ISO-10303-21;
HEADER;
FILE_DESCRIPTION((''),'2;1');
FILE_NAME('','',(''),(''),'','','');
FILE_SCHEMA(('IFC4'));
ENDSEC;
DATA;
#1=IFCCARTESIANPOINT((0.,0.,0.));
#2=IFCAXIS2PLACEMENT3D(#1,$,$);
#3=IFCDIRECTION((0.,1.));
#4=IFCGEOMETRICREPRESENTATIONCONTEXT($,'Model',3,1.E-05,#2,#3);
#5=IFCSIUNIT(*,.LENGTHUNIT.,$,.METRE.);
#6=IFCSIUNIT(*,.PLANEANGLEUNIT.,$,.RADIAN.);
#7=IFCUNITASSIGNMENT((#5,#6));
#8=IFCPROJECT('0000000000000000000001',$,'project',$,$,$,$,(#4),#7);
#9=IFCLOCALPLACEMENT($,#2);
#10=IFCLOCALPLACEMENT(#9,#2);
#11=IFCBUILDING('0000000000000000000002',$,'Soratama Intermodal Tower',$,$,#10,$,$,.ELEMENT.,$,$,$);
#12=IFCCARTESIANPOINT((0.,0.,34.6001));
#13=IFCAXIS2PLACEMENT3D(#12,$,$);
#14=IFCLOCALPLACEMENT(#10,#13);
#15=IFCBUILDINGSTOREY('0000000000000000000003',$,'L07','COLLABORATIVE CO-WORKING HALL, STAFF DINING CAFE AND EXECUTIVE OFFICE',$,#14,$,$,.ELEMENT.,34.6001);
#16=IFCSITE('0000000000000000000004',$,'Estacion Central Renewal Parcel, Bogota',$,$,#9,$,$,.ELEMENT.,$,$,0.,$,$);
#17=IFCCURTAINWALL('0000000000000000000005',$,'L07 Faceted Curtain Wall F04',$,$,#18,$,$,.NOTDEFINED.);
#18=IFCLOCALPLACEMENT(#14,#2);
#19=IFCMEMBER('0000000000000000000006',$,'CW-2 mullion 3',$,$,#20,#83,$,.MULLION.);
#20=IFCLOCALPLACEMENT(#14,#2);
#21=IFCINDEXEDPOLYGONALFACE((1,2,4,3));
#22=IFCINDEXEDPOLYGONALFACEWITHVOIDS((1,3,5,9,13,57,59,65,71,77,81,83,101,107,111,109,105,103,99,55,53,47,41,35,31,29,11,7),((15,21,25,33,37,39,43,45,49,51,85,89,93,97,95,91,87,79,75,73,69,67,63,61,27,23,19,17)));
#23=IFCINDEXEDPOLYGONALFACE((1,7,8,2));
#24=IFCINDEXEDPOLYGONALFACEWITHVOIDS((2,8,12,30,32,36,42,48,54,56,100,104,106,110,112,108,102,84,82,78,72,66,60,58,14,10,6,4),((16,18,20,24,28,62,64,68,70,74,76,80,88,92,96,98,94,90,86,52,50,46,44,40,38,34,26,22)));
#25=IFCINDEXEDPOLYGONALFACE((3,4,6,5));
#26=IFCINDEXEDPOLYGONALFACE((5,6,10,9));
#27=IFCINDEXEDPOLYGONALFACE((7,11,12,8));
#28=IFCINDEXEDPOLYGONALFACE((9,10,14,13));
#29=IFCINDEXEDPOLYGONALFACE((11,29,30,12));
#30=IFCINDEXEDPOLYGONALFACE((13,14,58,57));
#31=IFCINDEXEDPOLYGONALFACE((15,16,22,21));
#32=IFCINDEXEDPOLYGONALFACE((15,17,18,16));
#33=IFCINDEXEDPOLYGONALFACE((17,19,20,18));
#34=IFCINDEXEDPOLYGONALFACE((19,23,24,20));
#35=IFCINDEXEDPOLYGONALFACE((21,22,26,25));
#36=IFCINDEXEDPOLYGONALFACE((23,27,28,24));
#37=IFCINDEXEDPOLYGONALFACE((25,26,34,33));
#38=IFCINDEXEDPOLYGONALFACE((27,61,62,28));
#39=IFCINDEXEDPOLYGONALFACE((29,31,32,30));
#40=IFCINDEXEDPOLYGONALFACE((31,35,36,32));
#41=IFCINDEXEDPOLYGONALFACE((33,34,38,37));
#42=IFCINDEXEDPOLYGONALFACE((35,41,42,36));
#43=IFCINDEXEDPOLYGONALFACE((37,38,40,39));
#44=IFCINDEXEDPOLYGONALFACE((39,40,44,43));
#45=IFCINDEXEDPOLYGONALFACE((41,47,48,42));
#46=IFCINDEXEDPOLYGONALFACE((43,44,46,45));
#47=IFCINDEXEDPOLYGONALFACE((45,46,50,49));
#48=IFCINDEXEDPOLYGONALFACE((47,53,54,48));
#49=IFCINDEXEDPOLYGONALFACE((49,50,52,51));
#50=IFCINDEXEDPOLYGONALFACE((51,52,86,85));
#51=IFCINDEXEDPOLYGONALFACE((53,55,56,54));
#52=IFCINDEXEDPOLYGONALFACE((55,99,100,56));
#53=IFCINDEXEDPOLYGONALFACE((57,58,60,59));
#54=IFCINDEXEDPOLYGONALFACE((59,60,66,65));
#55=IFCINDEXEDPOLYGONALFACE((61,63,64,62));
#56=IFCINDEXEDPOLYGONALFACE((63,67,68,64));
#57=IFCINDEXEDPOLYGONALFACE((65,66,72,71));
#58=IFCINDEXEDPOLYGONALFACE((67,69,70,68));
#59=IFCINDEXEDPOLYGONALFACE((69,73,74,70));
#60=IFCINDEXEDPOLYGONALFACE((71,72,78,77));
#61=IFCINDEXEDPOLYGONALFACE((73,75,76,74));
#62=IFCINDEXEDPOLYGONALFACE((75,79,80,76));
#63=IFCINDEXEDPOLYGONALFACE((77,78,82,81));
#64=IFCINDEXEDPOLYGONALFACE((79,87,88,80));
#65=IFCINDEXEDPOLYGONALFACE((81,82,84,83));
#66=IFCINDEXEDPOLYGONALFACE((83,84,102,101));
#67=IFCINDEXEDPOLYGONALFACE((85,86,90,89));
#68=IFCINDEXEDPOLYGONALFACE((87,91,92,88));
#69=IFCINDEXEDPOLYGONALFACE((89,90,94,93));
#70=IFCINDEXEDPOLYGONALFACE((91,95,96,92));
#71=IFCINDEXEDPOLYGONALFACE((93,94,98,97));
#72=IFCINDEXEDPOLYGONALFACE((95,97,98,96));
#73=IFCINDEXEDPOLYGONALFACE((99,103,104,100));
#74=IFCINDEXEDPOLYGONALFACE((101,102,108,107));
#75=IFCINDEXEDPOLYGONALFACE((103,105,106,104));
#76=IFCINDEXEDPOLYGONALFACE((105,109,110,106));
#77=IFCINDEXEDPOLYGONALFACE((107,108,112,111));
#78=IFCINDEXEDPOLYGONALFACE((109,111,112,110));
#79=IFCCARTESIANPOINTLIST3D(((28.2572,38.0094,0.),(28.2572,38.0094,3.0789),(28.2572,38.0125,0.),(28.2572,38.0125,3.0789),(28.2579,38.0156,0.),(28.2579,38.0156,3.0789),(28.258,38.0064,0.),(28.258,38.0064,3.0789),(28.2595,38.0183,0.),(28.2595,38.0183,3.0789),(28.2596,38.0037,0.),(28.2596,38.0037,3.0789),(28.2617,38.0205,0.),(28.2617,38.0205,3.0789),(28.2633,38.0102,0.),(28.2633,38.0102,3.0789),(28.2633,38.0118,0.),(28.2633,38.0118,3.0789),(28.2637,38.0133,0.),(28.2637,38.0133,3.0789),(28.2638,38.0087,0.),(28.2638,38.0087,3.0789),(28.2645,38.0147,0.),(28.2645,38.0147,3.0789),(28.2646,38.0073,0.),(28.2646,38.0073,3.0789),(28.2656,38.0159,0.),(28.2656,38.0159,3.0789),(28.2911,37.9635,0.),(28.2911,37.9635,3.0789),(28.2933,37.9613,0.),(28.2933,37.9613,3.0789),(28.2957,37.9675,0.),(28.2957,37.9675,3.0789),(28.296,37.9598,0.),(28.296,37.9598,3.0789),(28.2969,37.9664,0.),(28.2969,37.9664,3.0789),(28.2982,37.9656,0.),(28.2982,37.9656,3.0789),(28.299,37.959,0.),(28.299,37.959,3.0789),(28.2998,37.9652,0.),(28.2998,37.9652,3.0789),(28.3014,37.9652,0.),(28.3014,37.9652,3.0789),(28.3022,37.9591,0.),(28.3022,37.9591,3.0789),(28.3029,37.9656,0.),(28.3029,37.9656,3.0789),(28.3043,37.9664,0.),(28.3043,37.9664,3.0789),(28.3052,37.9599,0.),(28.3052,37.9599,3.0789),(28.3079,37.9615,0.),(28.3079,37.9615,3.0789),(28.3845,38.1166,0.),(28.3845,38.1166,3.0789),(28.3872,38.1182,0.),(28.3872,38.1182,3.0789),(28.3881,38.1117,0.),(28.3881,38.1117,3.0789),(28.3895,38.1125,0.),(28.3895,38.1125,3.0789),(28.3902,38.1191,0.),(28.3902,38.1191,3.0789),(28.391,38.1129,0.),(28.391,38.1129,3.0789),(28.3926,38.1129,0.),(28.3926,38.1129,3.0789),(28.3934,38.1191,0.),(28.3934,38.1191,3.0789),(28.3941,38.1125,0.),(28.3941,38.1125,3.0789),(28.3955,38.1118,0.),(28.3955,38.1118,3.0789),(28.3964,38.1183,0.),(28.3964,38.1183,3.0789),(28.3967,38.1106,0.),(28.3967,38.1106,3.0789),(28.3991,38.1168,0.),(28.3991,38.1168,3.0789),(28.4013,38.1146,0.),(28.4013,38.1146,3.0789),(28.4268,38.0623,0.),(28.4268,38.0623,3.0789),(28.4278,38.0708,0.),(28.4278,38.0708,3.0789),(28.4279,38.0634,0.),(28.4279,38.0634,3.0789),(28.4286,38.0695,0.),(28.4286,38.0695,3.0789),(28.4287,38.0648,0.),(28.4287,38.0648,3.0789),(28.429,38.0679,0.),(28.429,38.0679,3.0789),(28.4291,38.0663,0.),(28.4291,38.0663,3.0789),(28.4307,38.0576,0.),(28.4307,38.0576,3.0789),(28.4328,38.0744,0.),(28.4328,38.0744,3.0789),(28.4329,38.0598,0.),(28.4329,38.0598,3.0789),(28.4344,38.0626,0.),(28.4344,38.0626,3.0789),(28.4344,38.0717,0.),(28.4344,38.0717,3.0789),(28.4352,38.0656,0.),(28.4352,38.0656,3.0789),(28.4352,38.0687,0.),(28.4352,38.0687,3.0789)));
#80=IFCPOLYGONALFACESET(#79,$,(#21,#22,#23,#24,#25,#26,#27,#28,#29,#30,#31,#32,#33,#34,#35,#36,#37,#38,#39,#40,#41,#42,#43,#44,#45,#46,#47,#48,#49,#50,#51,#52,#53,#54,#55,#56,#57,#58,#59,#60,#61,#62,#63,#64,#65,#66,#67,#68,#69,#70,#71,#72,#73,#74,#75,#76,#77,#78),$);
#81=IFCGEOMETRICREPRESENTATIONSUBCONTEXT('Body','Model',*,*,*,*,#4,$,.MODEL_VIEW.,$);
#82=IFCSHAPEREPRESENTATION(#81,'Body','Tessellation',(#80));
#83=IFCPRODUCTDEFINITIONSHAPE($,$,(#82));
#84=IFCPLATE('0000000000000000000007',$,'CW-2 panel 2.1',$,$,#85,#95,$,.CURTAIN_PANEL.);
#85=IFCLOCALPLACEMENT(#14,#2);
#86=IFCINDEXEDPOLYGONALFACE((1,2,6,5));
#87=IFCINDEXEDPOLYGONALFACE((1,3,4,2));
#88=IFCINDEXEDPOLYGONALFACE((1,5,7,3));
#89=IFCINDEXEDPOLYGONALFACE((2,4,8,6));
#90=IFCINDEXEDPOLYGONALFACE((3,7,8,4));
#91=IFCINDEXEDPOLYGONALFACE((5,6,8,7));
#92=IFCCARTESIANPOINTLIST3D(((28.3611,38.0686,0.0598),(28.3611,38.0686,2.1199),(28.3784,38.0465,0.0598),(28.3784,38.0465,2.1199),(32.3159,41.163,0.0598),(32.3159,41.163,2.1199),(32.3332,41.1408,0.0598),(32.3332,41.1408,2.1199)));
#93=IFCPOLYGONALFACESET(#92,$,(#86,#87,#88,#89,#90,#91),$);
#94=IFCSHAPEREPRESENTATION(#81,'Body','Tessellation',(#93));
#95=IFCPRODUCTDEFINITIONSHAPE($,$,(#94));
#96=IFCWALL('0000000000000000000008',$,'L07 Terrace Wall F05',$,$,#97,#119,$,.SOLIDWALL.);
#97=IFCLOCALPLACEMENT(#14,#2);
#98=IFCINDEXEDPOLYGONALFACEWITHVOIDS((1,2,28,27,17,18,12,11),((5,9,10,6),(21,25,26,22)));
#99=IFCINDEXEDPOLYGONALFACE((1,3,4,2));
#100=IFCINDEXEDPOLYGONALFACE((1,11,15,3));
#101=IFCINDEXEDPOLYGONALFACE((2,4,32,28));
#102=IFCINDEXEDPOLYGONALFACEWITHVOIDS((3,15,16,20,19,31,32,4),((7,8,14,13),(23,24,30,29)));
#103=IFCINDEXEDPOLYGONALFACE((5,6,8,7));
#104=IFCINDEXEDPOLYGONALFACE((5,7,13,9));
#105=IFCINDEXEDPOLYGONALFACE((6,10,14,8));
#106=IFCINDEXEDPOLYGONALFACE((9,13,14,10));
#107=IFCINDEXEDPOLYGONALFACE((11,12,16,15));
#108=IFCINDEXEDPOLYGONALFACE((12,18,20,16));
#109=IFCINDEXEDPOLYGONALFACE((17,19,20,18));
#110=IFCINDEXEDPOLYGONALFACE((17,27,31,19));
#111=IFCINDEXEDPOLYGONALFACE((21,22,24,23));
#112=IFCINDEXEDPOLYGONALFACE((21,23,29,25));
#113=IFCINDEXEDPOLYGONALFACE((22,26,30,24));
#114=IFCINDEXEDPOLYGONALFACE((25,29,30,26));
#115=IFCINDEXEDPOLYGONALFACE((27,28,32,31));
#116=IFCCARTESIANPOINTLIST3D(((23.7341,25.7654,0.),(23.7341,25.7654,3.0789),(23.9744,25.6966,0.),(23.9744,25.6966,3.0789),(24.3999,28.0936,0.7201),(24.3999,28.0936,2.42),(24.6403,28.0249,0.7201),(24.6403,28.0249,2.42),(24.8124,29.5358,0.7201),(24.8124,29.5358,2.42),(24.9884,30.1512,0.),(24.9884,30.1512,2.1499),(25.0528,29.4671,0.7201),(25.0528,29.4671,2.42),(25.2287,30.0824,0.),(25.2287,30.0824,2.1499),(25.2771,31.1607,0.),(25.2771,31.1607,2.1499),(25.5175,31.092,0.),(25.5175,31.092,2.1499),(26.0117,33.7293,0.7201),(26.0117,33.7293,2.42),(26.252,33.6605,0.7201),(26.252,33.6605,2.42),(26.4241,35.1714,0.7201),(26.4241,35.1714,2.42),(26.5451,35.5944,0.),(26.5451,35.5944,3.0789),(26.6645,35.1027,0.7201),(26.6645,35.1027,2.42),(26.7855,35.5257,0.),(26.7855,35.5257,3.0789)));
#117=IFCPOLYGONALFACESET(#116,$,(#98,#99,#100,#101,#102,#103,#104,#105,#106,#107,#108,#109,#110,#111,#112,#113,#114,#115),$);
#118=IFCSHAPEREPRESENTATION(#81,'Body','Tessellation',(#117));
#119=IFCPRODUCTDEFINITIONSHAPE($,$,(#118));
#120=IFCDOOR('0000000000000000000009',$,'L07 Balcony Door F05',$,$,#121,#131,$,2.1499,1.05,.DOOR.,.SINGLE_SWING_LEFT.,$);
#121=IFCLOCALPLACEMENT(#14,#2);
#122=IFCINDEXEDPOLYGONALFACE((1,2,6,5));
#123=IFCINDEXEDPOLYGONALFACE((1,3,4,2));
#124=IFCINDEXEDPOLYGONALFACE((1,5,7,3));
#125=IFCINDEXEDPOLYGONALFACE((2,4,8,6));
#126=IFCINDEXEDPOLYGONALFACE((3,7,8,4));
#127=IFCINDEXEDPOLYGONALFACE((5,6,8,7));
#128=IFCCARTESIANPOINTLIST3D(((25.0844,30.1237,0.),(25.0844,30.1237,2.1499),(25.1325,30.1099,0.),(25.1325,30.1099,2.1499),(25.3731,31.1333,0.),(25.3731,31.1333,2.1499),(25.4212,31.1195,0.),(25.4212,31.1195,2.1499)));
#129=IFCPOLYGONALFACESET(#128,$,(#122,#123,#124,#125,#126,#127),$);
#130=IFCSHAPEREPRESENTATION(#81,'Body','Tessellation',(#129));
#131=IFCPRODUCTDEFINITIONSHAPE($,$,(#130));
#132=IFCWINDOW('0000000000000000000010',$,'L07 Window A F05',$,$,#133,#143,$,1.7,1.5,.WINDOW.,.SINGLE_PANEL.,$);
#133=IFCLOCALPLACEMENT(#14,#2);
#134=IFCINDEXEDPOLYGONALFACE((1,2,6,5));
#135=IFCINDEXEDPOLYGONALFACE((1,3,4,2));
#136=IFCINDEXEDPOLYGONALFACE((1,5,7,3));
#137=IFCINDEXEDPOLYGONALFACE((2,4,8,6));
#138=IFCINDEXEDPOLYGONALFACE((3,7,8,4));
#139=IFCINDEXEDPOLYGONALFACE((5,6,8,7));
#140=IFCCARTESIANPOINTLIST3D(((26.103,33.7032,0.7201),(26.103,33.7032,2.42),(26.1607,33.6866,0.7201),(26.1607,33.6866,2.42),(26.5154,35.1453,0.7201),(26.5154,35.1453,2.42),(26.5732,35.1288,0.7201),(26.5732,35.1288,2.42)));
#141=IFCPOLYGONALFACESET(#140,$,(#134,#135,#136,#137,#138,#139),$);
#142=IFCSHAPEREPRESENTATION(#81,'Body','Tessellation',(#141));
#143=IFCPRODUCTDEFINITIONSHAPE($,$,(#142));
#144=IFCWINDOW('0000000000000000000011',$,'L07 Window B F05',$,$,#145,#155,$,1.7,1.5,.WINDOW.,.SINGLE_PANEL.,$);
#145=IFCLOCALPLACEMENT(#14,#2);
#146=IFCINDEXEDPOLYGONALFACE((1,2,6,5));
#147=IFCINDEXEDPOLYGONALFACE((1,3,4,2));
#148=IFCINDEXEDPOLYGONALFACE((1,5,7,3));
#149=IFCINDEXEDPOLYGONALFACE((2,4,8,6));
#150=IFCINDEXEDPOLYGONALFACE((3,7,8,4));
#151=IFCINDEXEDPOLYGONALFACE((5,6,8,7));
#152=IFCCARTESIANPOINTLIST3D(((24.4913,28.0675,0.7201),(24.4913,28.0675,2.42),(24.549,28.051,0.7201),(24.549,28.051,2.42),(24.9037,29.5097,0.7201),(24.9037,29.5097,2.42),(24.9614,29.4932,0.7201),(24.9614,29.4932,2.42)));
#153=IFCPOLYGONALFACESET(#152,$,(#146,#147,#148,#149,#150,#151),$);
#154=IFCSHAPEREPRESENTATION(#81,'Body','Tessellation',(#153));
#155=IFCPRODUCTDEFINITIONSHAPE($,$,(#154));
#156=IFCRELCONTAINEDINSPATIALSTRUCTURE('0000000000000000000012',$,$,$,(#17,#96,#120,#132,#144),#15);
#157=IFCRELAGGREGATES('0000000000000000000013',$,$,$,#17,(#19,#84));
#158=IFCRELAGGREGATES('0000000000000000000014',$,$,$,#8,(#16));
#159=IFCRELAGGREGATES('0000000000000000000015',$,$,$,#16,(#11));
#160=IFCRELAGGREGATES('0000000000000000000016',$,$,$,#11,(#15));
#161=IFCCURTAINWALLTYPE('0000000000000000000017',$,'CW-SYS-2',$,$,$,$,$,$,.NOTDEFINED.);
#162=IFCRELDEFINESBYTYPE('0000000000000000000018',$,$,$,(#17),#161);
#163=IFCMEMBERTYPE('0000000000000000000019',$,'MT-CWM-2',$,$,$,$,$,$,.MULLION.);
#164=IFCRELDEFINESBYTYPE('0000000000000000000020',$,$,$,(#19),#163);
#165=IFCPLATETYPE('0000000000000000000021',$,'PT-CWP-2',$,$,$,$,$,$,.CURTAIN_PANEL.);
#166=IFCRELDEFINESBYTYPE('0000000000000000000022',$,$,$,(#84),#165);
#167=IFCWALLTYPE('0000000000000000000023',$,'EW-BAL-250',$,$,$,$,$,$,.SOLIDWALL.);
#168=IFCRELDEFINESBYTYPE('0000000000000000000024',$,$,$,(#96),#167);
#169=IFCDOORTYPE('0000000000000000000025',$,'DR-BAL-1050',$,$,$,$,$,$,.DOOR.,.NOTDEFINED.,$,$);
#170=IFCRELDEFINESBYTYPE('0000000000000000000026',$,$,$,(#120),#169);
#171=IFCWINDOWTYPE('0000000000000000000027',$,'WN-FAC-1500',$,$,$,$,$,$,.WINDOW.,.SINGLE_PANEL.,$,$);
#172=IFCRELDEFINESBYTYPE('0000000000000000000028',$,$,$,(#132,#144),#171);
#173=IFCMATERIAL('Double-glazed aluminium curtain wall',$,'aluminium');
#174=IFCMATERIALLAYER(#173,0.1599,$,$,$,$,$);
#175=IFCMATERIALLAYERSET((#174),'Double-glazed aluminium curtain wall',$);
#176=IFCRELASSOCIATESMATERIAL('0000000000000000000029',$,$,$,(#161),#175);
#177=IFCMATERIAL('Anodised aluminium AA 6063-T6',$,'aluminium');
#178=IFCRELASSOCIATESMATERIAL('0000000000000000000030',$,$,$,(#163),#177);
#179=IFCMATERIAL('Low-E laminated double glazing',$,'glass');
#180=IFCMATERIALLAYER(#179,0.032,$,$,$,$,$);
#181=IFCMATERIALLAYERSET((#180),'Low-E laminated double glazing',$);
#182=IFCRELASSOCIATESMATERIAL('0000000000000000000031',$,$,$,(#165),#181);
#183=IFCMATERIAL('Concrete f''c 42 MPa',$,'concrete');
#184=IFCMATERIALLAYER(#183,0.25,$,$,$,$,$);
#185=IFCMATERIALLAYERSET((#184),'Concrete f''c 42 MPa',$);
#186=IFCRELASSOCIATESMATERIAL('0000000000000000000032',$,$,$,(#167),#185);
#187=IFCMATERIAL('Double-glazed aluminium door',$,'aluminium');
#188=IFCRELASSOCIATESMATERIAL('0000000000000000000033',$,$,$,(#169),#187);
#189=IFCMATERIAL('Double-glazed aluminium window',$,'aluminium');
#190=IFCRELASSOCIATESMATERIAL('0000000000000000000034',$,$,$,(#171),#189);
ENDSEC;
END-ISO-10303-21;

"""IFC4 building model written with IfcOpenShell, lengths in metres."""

from ifc_helpers import new_model, si_unit, direction, frame, frame_2d, origin, origin_2d, place, context, subcontext, project, spatial, rectangle, hollow_rectangle, extrude, material, layer, layer_set, material_profile, profile_set, type_object, element, fill, aggregate, save


model = new_model("IFC4")

# Units and contexts
model_context = context("Model", 3, precision=1e-05, world=origin(), true_north=direction((0.0, 1.0)))
body_context = subcontext(model_context, "Body", "Model", "MODEL_VIEW")
ifc_project = project(units=[si_unit("LENGTHUNIT", "METRE"), si_unit("PLANEANGLEUNIT", "RADIAN")], contexts=[model_context])

# Site, building, storey
site_placement = place(None, origin())
site = spatial("IfcSite", under=ifc_project, at=site_placement, Name="Estacion Central Renewal Parcel, Bogota", CompositionType="ELEMENT", RefElevation=0.0)
building_placement = place(site_placement, origin())
building = spatial("IfcBuilding", under=site, at=building_placement, Name="Soratama Intermodal Tower", CompositionType="ELEMENT")
storey_placement = place(building_placement, frame((0.0, 0.0, 34.6001)))
storey = spatial("IfcBuildingStorey", under=building, at=storey_placement, Name="L07", Description="COLLABORATIVE CO-WORKING HALL, STAFF DINING CAFE AND EXECUTIVE OFFICE", CompositionType="ELEMENT", Elevation=34.6001)

# Curtain wall, member, plate
ifc_material_1 = material(Name="Double-glazed aluminium curtain wall", Category="aluminium")
ifc_layer_1 = layer(ifc_material_1, 0.1599)
ifc_layer_set_1 = layer_set([ifc_layer_1], Name="Double-glazed aluminium curtain wall")
curtain_wall_type = type_object("IfcCurtainWallType", Name="CW-SYS-2", PredefinedType="NOTDEFINED", material=ifc_layer_set_1)
curtain_wall_placement = place(storey_placement, origin())
curtain_wall = element("IfcCurtainWall", 1, at=curtain_wall_placement, inside=storey, type_object=curtain_wall_type, Name="L07 Faceted Curtain Wall F04", PredefinedType="NOTDEFINED")
ifc_material_2 = material(Name="Anodised aluminium AA 6063-T6", Category="aluminium")
ifc_material_profile_1 = material_profile(ifc_material_2, hollow_rectangle(XDim=0.075, YDim=0.1799, WallThickness=0.0061, InnerFilletRadius=0.0061, OuterFilletRadius=0.012, at=origin_2d()), Name="CWM180X75X6")
ifc_profile_set_1 = profile_set([ifc_material_profile_1], Name="Anodised aluminium AA 6063-T6")
member_type = type_object("IfcMemberType", Name="MT-CWM-2", PredefinedType="MULLION", material=ifc_profile_set_1)
member_placement = place(storey_placement, frame((28.3462, 38.0391, 0.0), z_axis=(0.0, 0.0, 1.0), x_axis=(0.616218, -0.787576, 0.0)))
member = element("IfcMember", 2, at=member_placement, type_object=member_type, Name="CW-2 mullion 3", PredefinedType="MULLION", context=body_context, shape_type="SweptSolid", body=[
    extrude(hollow_rectangle(XDim=0.075, YDim=0.1799, WallThickness=0.0061, InnerFilletRadius=0.0061, OuterFilletRadius=0.012, at=origin_2d()), origin(), (0.0, 0.0, 1.0), 3.0789),
])
ifc_material_3 = material(Name="Low-E laminated double glazing", Category="glass")
ifc_layer_2 = layer(ifc_material_3, 0.032)
ifc_layer_set_2 = layer_set([ifc_layer_2], Name="Low-E laminated double glazing")
plate_type = type_object("IfcPlateType", Name="PT-CWP-2", PredefinedType="CURTAIN_PANEL", material=ifc_layer_set_2)
plate_placement = place(storey_placement, frame((30.3472, 39.6047, 0.0598), z_axis=(0.0, 0.0, 1.0), x_axis=(-0.787576, -0.616218, 0.0)))
plate = element("IfcPlate", 3, at=plate_placement, type_object=plate_type, Name="CW-2 panel 2.1", PredefinedType="CURTAIN_PANEL", context=body_context, shape_type="SweptSolid", body=[
    extrude(rectangle(XDim=5.0215, YDim=0.0281, at=origin_2d()), origin(), (0.0, 0.0, 1.0), 2.0601),
])
aggregate(curtain_wall, [member, plate])

# Wall, openings, door, windows
ifc_material_4 = material(Name="Concrete f'c 42 MPa", Category="concrete")
ifc_layer_3 = layer(ifc_material_4, 0.25)
ifc_layer_set_3 = layer_set([ifc_layer_3], Name="Concrete f'c 42 MPa")
wall_type_1 = type_object("IfcWallType", Name="EW-BAL-250", PredefinedType="SOLIDWALL", material=ifc_layer_set_3)
wall_1_placement = place(storey_placement, frame((26.6653, 35.5601, 0.0), z_axis=(0.0, 0.0, 1.0), x_axis=(-0.274967, -0.961454, 0.0)))
wall_1 = element("IfcWall", 4, at=wall_1_placement, inside=storey, type_object=wall_type_1, Name="L07 Terrace Wall F05", PredefinedType="SOLIDWALL", context=body_context, shape_type="SweptSolid", body=[
    extrude(rectangle(XDim=10.2231, YDim=0.25, at=frame_2d((5.1116, 0.0))), origin(), (0.0, 0.0, 1.0), 3.0789),
])
opening_1_placement = place(wall_1_placement, frame((4.6116, 0.0, 0.0)))
opening_1 = element("IfcOpeningElement", 5, at=opening_1_placement, cuts=wall_1, PredefinedType="OPENING", context=body_context, shape_type="SweptSolid", body=[
    extrude(rectangle(XDim=1.05, YDim=2.1499, at=frame_2d((0.5249, 1.075))), frame((0.0, 0.135, 0.0), z_axis=(0.0, -1.0, 0.0), x_axis=(1.0, 0.0, 0.0)), (0.0, 0.0, 1.0), 0.27),
])
opening_2_placement = place(wall_1_placement, frame((0.4399, 0.0, 0.72)))
opening_2 = element("IfcOpeningElement", 6, at=opening_2_placement, cuts=wall_1, PredefinedType="OPENING", context=body_context, shape_type="SweptSolid", body=[
    extrude(rectangle(XDim=1.5, YDim=1.7, at=frame_2d((0.75, 0.8501))), frame((0.0, 0.135, 0.0), z_axis=(0.0, -1.0, 0.0), x_axis=(1.0, 0.0, 0.0)), (0.0, 0.0, 1.0), 0.27),
])
opening_3_placement = place(wall_1_placement, frame((6.3015, 0.0, 0.72)))
opening_3 = element("IfcOpeningElement", 7, at=opening_3_placement, cuts=wall_1, PredefinedType="OPENING", context=body_context, shape_type="SweptSolid", body=[
    extrude(rectangle(XDim=1.5, YDim=1.7, at=frame_2d((0.75, 0.8501))), frame((0.0, 0.135, 0.0), z_axis=(0.0, -1.0, 0.0), x_axis=(1.0, 0.0, 0.0)), (0.0, 0.0, 1.0), 0.27),
])
ifc_material_5 = material(Name="Double-glazed aluminium door", Category="aluminium")
door_type_1 = type_object("IfcDoorType", Name="DR-BAL-1050", OperationType="NOTDEFINED", PredefinedType="DOOR", material=ifc_material_5)
door_1_placement = place(opening_1_placement, origin())
door_1 = element("IfcDoor", 8, at=door_1_placement, inside=storey, type_object=door_type_1, Name="L07 Balcony Door F05", OperationType="SINGLE_SWING_LEFT", OverallHeight=2.1499, OverallWidth=1.05, PredefinedType="DOOR", context=body_context, shape_type="SweptSolid", body=[
    extrude(rectangle(XDim=1.05, YDim=2.1499, at=frame_2d((0.5249, 1.075))), frame((0.0, 0.0249, 0.0), z_axis=(0.0, -1.0, 0.0), x_axis=(1.0, 0.0, 0.0)), (0.0, 0.0, 1.0), 0.05),
])
fill(opening_1, door_1)
ifc_material_6 = material(Name="Double-glazed aluminium window", Category="aluminium")
window_type_1 = type_object("IfcWindowType", Name="WN-FAC-1500", PartitioningType="SINGLE_PANEL", PredefinedType="WINDOW", material=ifc_material_6)
window_1_placement = place(opening_2_placement, origin())
window_1 = element("IfcWindow", 9, at=window_1_placement, inside=storey, type_object=window_type_1, Name="L07 Window A F05", OverallHeight=1.7, OverallWidth=1.5, PartitioningType="SINGLE_PANEL", PredefinedType="WINDOW", context=body_context, shape_type="SweptSolid", body=[
    extrude(rectangle(XDim=1.5, YDim=1.7, at=frame_2d((0.75, 0.8501))), frame((0.0, 0.03, 0.0), z_axis=(0.0, -1.0, 0.0), x_axis=(1.0, 0.0, 0.0)), (0.0, 0.0, 1.0), 0.0601),
])
fill(opening_2, window_1)
window_2_placement = place(opening_3_placement, origin())
window_2 = element("IfcWindow", 10, at=window_2_placement, inside=storey, type_object=window_type_1, Name="L07 Window B F05", OverallHeight=1.7, OverallWidth=1.5, PartitioningType="SINGLE_PANEL", PredefinedType="WINDOW", context=body_context, shape_type="SweptSolid", body=[
    extrude(rectangle(XDim=1.5, YDim=1.7, at=frame_2d((0.75, 0.8501))), frame((0.0, 0.03, 0.0), z_axis=(0.0, -1.0, 0.0), x_axis=(1.0, 0.0, 0.0)), (0.0, 0.0, 1.0), 0.0601),
])
fill(opening_3, window_2)

save(model, "model.ifc")
